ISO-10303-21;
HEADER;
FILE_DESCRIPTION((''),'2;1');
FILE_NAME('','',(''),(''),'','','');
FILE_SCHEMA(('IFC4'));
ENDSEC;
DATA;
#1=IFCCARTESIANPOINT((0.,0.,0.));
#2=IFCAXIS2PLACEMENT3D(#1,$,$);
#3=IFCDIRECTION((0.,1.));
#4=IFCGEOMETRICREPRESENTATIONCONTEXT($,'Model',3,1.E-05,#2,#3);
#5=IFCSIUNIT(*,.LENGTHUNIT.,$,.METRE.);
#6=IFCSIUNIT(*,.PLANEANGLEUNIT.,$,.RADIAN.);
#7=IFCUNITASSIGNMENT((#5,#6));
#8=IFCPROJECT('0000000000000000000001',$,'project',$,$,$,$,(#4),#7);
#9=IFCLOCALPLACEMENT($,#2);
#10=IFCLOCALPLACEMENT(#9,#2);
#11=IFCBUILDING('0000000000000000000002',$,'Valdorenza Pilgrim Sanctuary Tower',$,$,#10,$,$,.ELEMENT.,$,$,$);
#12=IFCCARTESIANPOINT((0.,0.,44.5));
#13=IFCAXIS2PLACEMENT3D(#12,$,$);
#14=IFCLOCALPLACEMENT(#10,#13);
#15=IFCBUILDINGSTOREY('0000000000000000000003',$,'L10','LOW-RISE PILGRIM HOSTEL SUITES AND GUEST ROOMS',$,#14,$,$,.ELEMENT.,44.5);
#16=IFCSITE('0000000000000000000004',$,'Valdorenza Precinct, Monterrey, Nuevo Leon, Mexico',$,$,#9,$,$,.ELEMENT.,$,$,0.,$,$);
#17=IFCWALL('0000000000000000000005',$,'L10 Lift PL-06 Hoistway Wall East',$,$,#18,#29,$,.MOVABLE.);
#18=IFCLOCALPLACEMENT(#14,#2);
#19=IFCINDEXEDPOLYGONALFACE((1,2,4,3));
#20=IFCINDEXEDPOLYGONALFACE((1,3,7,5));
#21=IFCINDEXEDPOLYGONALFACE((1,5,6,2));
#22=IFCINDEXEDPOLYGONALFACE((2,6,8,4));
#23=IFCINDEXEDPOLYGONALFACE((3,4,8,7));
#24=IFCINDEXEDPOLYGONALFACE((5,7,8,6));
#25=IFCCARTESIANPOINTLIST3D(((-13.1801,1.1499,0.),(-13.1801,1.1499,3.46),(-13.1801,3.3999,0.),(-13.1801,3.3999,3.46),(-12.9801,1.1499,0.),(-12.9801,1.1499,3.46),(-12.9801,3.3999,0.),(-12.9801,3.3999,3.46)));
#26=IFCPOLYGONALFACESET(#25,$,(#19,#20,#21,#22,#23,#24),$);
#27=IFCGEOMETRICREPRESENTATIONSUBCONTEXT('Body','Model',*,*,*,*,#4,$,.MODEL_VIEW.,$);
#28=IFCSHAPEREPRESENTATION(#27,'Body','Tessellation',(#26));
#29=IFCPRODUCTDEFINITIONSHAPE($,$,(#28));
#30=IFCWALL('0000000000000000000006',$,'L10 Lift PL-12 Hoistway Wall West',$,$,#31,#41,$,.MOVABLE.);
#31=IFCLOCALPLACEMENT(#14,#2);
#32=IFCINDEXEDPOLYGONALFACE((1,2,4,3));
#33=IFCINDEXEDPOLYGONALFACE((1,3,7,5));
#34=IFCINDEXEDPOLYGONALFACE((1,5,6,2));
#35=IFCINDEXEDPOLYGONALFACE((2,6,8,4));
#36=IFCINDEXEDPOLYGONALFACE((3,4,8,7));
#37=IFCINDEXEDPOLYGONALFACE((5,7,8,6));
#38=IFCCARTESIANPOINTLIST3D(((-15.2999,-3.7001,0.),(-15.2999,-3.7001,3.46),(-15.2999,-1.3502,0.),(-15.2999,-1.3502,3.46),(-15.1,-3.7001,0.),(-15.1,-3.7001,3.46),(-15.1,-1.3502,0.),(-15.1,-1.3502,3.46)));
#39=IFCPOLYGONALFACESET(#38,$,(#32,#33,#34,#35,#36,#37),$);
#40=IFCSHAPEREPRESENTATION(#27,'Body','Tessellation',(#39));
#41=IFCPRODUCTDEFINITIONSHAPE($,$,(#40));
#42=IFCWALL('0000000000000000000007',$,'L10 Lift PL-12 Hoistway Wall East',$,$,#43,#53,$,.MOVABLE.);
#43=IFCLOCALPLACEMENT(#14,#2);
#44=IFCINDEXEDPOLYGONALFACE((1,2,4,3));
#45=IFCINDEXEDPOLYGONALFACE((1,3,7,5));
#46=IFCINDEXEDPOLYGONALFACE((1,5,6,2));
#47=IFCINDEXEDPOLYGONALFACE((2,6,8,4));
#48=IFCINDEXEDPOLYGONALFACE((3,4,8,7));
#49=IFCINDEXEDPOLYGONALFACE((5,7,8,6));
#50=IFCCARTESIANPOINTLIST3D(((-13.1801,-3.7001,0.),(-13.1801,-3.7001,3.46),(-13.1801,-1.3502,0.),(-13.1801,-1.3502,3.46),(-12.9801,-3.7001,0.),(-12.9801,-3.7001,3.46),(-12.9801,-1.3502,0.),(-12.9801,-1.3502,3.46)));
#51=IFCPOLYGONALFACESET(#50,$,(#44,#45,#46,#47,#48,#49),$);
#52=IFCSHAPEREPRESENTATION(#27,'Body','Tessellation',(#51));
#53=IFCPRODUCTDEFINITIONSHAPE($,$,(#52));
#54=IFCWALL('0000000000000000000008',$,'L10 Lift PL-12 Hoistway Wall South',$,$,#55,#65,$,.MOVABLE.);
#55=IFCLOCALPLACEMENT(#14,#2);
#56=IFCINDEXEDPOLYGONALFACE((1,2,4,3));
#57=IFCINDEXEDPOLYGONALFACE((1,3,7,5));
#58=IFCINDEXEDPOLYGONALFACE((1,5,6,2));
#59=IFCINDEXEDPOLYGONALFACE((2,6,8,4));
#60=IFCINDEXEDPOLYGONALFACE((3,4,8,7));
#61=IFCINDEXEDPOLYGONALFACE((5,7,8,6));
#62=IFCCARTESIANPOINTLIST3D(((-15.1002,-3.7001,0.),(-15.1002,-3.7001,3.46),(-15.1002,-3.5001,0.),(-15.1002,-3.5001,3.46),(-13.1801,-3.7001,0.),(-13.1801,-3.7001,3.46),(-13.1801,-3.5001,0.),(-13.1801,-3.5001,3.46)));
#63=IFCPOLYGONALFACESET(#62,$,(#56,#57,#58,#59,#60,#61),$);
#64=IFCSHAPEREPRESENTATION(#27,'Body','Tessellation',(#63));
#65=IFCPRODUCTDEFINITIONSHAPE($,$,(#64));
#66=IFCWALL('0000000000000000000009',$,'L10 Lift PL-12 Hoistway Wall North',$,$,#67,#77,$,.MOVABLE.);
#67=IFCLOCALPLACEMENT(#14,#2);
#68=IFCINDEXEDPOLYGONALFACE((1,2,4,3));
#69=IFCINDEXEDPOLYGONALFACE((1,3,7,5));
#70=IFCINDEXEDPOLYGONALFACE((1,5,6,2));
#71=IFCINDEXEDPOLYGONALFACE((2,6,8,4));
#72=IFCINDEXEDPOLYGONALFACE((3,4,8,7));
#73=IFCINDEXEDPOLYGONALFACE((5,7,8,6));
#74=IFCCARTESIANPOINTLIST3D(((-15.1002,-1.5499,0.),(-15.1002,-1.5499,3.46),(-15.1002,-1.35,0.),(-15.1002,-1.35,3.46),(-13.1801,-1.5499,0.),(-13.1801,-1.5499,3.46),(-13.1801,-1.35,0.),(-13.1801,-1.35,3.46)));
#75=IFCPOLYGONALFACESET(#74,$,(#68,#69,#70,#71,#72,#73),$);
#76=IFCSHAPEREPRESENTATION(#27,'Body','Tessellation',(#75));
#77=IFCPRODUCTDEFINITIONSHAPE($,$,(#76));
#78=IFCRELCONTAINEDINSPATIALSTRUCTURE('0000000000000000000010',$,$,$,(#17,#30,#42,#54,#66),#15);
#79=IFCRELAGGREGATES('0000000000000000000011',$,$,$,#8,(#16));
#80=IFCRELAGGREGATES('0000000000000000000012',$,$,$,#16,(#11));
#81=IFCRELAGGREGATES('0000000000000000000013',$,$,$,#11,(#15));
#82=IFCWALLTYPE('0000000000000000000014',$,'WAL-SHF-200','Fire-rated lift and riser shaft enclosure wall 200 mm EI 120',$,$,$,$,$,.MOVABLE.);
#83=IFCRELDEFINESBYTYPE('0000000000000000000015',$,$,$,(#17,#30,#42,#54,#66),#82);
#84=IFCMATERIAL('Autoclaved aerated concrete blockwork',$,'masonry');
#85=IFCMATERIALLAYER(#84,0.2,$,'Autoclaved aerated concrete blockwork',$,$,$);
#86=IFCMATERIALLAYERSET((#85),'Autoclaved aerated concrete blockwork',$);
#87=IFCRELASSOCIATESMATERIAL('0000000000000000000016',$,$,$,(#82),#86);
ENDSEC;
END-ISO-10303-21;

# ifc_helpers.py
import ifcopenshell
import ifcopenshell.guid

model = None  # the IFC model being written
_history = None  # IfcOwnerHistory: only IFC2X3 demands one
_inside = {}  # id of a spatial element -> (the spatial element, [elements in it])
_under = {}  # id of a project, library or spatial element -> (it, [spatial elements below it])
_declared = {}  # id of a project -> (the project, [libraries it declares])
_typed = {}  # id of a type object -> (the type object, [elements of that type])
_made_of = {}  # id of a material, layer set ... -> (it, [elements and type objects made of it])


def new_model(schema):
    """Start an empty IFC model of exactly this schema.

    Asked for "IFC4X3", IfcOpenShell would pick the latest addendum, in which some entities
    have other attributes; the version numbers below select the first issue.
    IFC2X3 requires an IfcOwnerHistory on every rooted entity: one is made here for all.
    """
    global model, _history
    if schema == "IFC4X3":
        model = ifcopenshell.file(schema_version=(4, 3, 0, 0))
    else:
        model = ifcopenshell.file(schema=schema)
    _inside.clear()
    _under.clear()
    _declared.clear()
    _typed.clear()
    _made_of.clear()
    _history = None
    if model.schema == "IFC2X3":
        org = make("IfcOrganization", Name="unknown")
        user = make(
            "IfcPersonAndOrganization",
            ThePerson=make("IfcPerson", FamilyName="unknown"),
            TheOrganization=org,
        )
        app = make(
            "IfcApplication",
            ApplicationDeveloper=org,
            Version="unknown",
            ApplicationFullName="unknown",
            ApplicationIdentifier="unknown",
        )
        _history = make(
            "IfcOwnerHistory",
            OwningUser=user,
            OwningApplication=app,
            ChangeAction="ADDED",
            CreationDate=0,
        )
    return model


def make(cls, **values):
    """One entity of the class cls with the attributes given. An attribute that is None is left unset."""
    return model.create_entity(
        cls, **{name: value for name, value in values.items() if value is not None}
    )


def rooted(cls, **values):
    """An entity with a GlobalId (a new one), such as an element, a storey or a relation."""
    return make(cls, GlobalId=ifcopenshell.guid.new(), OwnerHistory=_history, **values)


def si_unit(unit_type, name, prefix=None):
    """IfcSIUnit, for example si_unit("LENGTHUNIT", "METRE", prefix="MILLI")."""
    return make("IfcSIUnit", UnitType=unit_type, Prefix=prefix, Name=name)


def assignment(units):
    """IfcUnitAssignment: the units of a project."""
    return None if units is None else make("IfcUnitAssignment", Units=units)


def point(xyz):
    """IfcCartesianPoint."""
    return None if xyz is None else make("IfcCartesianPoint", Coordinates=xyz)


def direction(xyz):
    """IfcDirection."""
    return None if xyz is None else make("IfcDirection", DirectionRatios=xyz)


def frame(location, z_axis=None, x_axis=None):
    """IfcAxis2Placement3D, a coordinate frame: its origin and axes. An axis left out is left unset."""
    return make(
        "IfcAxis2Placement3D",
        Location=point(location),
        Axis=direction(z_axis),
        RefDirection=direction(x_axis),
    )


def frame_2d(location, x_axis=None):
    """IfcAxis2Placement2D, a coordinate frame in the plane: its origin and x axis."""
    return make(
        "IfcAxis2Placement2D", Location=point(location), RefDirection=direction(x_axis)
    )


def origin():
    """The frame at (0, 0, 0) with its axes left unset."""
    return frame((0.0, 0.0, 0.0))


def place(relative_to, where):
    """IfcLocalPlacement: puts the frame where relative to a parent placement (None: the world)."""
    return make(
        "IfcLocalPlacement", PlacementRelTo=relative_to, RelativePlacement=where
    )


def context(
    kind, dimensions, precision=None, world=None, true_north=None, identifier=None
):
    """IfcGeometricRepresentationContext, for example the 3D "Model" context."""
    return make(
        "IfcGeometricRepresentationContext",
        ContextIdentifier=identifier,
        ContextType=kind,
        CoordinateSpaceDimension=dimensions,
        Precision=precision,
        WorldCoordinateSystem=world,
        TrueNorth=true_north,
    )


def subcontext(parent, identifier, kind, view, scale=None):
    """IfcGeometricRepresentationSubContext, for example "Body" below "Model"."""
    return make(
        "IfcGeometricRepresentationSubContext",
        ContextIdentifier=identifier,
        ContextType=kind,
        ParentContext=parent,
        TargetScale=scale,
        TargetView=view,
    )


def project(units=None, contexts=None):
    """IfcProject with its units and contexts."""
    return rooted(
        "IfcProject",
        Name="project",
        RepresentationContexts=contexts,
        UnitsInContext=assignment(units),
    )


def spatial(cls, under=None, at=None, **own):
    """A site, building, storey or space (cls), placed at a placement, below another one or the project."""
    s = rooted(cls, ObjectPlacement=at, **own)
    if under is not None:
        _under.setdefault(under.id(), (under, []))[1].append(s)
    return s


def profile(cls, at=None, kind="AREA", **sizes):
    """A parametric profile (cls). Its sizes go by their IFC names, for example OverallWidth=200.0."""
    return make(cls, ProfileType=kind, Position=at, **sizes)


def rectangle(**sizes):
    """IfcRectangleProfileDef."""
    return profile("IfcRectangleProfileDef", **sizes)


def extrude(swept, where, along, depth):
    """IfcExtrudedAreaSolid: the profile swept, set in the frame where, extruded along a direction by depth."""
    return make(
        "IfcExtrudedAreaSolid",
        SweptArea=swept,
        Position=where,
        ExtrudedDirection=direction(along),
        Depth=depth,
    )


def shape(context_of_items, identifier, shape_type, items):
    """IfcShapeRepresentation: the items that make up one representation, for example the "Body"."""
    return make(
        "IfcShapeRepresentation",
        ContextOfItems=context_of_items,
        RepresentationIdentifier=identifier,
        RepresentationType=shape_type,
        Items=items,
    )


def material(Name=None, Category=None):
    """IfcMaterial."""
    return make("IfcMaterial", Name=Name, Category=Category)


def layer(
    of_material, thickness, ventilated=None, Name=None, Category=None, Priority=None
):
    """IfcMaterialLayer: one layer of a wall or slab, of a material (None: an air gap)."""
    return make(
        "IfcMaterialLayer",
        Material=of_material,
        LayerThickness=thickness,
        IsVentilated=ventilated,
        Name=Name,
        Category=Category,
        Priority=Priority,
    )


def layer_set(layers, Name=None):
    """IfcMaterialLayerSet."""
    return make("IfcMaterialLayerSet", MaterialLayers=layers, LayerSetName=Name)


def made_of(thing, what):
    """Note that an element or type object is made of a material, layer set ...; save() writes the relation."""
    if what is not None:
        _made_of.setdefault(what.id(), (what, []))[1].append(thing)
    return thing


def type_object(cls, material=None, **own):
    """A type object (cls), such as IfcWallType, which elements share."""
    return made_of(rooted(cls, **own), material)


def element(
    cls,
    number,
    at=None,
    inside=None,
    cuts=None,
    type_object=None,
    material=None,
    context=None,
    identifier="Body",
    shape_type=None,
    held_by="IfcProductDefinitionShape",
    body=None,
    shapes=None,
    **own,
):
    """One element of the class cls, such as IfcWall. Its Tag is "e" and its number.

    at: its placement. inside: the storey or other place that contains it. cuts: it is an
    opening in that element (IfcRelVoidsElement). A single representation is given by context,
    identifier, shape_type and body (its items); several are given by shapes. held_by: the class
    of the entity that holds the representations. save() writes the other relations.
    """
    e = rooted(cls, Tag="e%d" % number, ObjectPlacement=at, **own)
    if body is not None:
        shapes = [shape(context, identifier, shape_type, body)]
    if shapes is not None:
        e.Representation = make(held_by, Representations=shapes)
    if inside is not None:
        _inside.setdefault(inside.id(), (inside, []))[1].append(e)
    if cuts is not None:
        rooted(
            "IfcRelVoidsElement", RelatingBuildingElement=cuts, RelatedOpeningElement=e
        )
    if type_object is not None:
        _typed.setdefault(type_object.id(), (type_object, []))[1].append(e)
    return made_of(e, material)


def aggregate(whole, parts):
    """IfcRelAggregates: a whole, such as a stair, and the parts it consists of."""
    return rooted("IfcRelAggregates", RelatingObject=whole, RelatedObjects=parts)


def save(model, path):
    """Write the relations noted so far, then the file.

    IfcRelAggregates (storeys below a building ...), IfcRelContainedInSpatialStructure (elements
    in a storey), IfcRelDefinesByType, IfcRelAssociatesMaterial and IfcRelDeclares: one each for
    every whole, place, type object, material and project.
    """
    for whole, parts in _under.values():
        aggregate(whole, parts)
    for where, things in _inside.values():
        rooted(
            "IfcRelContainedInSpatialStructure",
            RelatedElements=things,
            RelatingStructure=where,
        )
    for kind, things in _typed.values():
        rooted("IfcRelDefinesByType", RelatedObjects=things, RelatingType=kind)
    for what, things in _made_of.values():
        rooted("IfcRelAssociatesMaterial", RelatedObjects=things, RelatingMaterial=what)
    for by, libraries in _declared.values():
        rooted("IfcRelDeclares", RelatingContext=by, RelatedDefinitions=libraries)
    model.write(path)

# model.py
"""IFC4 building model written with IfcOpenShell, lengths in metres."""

from ifc_helpers import new_model, si_unit, direction, frame, frame_2d, origin, place, context, subcontext, project, spatial, rectangle, extrude, material, layer, layer_set, type_object, element, save


model = new_model("IFC4")

# Units and contexts
model_context = context("Model", 3, precision=1e-05, world=origin(), true_north=direction((0.0, 1.0)))
body_context = subcontext(model_context, "Body", "Model", "MODEL_VIEW")
ifc_project = project(units=[si_unit("LENGTHUNIT", "METRE"), si_unit("PLANEANGLEUNIT", "RADIAN")], contexts=[model_context])

# Site, building, storey
site_placement = place(None, origin())
site = spatial("IfcSite", under=ifc_project, at=site_placement, Name="Valdorenza Precinct, Monterrey, Nuevo Leon, Mexico", CompositionType="ELEMENT", RefElevation=0.0)
building_placement = place(site_placement, origin())
building = spatial("IfcBuilding", under=site, at=building_placement, Name="Valdorenza Pilgrim Sanctuary Tower", CompositionType="ELEMENT")
storey_placement = place(building_placement, frame((0.0, 0.0, 44.5)))
storey = spatial("IfcBuildingStorey", under=building, at=storey_placement, Name="L10", Description="LOW-RISE PILGRIM HOSTEL SUITES AND GUEST ROOMS", CompositionType="ELEMENT", Elevation=44.5)

# Shared definitions
ifc_material_1 = material(Name="Autoclaved aerated concrete blockwork", Category="masonry")
ifc_layer_1 = layer(ifc_material_1, 0.2, Name="Autoclaved aerated concrete blockwork")
ifc_layer_set_1 = layer_set([ifc_layer_1], Name="Autoclaved aerated concrete blockwork")
wall_type_1 = type_object("IfcWallType", Name="WAL-SHF-200", Description="Fire-rated lift and riser shaft enclosure wall 200 mm EI 120", PredefinedType="MOVABLE", material=ifc_layer_set_1)

# Walls
for number, where, z_axis, x_axis, name in (
    (1, (-13.0801, 1.1499, 0.0), (0.0, 0.0, 1.0), (0.0, 1.0, 0.0), "L10 Lift PL-06 Hoistway Wall East"),
):
    element("IfcWall", number, at=place(storey_placement, frame(where, z_axis=z_axis, x_axis=x_axis)), inside=storey, type_object=wall_type_1, Name=name, PredefinedType="MOVABLE", context=body_context, shape_type="SweptSolid", body=[
        extrude(rectangle(XDim=2.25, YDim=0.2, at=frame_2d((1.125, 0.0))), origin(), (0.0, 0.0, 1.0), 3.46),
    ])
for number, where, z_axis, x_axis, name in (
    (2, (-15.2, -3.7, 0.0), (0.0, 0.0, 1.0), (0.0, 1.0, 0.0), "L10 Lift PL-12 Hoistway Wall West"),
    (3, (-13.0801, -3.7, 0.0), (0.0, 0.0, 1.0), (0.0, 1.0, 0.0), "L10 Lift PL-12 Hoistway Wall East"),
):
    element("IfcWall", number, at=place(storey_placement, frame(where, z_axis=z_axis, x_axis=x_axis)), inside=storey, type_object=wall_type_1, Name=name, PredefinedType="MOVABLE", context=body_context, shape_type="SweptSolid", body=[
        extrude(rectangle(XDim=2.3499, YDim=0.2, at=frame_2d((1.1748, 0.0))), origin(), (0.0, 0.0, 1.0), 3.46),
    ])
for number, where, z_axis, x_axis, name in (
    (4, (-15.1001, -3.6001, 0.0), (0.0, 0.0, 1.0), (1.0, 0.0, 0.0), "L10 Lift PL-12 Hoistway Wall South"),
    (5, (-15.1001, -1.45, 0.0), (0.0, 0.0, 1.0), (1.0, 0.0, 0.0), "L10 Lift PL-12 Hoistway Wall North"),
):
    element("IfcWall", number, at=place(storey_placement, frame(where, z_axis=z_axis, x_axis=x_axis)), inside=storey, type_object=wall_type_1, Name=name, PredefinedType="MOVABLE", context=body_context, shape_type="SweptSolid", body=[
        extrude(rectangle(XDim=1.9202, YDim=0.2, at=frame_2d((0.96, 0.0))), origin(), (0.0, 0.0, 1.0), 3.46),
    ])

save(model, "model.ifc")
